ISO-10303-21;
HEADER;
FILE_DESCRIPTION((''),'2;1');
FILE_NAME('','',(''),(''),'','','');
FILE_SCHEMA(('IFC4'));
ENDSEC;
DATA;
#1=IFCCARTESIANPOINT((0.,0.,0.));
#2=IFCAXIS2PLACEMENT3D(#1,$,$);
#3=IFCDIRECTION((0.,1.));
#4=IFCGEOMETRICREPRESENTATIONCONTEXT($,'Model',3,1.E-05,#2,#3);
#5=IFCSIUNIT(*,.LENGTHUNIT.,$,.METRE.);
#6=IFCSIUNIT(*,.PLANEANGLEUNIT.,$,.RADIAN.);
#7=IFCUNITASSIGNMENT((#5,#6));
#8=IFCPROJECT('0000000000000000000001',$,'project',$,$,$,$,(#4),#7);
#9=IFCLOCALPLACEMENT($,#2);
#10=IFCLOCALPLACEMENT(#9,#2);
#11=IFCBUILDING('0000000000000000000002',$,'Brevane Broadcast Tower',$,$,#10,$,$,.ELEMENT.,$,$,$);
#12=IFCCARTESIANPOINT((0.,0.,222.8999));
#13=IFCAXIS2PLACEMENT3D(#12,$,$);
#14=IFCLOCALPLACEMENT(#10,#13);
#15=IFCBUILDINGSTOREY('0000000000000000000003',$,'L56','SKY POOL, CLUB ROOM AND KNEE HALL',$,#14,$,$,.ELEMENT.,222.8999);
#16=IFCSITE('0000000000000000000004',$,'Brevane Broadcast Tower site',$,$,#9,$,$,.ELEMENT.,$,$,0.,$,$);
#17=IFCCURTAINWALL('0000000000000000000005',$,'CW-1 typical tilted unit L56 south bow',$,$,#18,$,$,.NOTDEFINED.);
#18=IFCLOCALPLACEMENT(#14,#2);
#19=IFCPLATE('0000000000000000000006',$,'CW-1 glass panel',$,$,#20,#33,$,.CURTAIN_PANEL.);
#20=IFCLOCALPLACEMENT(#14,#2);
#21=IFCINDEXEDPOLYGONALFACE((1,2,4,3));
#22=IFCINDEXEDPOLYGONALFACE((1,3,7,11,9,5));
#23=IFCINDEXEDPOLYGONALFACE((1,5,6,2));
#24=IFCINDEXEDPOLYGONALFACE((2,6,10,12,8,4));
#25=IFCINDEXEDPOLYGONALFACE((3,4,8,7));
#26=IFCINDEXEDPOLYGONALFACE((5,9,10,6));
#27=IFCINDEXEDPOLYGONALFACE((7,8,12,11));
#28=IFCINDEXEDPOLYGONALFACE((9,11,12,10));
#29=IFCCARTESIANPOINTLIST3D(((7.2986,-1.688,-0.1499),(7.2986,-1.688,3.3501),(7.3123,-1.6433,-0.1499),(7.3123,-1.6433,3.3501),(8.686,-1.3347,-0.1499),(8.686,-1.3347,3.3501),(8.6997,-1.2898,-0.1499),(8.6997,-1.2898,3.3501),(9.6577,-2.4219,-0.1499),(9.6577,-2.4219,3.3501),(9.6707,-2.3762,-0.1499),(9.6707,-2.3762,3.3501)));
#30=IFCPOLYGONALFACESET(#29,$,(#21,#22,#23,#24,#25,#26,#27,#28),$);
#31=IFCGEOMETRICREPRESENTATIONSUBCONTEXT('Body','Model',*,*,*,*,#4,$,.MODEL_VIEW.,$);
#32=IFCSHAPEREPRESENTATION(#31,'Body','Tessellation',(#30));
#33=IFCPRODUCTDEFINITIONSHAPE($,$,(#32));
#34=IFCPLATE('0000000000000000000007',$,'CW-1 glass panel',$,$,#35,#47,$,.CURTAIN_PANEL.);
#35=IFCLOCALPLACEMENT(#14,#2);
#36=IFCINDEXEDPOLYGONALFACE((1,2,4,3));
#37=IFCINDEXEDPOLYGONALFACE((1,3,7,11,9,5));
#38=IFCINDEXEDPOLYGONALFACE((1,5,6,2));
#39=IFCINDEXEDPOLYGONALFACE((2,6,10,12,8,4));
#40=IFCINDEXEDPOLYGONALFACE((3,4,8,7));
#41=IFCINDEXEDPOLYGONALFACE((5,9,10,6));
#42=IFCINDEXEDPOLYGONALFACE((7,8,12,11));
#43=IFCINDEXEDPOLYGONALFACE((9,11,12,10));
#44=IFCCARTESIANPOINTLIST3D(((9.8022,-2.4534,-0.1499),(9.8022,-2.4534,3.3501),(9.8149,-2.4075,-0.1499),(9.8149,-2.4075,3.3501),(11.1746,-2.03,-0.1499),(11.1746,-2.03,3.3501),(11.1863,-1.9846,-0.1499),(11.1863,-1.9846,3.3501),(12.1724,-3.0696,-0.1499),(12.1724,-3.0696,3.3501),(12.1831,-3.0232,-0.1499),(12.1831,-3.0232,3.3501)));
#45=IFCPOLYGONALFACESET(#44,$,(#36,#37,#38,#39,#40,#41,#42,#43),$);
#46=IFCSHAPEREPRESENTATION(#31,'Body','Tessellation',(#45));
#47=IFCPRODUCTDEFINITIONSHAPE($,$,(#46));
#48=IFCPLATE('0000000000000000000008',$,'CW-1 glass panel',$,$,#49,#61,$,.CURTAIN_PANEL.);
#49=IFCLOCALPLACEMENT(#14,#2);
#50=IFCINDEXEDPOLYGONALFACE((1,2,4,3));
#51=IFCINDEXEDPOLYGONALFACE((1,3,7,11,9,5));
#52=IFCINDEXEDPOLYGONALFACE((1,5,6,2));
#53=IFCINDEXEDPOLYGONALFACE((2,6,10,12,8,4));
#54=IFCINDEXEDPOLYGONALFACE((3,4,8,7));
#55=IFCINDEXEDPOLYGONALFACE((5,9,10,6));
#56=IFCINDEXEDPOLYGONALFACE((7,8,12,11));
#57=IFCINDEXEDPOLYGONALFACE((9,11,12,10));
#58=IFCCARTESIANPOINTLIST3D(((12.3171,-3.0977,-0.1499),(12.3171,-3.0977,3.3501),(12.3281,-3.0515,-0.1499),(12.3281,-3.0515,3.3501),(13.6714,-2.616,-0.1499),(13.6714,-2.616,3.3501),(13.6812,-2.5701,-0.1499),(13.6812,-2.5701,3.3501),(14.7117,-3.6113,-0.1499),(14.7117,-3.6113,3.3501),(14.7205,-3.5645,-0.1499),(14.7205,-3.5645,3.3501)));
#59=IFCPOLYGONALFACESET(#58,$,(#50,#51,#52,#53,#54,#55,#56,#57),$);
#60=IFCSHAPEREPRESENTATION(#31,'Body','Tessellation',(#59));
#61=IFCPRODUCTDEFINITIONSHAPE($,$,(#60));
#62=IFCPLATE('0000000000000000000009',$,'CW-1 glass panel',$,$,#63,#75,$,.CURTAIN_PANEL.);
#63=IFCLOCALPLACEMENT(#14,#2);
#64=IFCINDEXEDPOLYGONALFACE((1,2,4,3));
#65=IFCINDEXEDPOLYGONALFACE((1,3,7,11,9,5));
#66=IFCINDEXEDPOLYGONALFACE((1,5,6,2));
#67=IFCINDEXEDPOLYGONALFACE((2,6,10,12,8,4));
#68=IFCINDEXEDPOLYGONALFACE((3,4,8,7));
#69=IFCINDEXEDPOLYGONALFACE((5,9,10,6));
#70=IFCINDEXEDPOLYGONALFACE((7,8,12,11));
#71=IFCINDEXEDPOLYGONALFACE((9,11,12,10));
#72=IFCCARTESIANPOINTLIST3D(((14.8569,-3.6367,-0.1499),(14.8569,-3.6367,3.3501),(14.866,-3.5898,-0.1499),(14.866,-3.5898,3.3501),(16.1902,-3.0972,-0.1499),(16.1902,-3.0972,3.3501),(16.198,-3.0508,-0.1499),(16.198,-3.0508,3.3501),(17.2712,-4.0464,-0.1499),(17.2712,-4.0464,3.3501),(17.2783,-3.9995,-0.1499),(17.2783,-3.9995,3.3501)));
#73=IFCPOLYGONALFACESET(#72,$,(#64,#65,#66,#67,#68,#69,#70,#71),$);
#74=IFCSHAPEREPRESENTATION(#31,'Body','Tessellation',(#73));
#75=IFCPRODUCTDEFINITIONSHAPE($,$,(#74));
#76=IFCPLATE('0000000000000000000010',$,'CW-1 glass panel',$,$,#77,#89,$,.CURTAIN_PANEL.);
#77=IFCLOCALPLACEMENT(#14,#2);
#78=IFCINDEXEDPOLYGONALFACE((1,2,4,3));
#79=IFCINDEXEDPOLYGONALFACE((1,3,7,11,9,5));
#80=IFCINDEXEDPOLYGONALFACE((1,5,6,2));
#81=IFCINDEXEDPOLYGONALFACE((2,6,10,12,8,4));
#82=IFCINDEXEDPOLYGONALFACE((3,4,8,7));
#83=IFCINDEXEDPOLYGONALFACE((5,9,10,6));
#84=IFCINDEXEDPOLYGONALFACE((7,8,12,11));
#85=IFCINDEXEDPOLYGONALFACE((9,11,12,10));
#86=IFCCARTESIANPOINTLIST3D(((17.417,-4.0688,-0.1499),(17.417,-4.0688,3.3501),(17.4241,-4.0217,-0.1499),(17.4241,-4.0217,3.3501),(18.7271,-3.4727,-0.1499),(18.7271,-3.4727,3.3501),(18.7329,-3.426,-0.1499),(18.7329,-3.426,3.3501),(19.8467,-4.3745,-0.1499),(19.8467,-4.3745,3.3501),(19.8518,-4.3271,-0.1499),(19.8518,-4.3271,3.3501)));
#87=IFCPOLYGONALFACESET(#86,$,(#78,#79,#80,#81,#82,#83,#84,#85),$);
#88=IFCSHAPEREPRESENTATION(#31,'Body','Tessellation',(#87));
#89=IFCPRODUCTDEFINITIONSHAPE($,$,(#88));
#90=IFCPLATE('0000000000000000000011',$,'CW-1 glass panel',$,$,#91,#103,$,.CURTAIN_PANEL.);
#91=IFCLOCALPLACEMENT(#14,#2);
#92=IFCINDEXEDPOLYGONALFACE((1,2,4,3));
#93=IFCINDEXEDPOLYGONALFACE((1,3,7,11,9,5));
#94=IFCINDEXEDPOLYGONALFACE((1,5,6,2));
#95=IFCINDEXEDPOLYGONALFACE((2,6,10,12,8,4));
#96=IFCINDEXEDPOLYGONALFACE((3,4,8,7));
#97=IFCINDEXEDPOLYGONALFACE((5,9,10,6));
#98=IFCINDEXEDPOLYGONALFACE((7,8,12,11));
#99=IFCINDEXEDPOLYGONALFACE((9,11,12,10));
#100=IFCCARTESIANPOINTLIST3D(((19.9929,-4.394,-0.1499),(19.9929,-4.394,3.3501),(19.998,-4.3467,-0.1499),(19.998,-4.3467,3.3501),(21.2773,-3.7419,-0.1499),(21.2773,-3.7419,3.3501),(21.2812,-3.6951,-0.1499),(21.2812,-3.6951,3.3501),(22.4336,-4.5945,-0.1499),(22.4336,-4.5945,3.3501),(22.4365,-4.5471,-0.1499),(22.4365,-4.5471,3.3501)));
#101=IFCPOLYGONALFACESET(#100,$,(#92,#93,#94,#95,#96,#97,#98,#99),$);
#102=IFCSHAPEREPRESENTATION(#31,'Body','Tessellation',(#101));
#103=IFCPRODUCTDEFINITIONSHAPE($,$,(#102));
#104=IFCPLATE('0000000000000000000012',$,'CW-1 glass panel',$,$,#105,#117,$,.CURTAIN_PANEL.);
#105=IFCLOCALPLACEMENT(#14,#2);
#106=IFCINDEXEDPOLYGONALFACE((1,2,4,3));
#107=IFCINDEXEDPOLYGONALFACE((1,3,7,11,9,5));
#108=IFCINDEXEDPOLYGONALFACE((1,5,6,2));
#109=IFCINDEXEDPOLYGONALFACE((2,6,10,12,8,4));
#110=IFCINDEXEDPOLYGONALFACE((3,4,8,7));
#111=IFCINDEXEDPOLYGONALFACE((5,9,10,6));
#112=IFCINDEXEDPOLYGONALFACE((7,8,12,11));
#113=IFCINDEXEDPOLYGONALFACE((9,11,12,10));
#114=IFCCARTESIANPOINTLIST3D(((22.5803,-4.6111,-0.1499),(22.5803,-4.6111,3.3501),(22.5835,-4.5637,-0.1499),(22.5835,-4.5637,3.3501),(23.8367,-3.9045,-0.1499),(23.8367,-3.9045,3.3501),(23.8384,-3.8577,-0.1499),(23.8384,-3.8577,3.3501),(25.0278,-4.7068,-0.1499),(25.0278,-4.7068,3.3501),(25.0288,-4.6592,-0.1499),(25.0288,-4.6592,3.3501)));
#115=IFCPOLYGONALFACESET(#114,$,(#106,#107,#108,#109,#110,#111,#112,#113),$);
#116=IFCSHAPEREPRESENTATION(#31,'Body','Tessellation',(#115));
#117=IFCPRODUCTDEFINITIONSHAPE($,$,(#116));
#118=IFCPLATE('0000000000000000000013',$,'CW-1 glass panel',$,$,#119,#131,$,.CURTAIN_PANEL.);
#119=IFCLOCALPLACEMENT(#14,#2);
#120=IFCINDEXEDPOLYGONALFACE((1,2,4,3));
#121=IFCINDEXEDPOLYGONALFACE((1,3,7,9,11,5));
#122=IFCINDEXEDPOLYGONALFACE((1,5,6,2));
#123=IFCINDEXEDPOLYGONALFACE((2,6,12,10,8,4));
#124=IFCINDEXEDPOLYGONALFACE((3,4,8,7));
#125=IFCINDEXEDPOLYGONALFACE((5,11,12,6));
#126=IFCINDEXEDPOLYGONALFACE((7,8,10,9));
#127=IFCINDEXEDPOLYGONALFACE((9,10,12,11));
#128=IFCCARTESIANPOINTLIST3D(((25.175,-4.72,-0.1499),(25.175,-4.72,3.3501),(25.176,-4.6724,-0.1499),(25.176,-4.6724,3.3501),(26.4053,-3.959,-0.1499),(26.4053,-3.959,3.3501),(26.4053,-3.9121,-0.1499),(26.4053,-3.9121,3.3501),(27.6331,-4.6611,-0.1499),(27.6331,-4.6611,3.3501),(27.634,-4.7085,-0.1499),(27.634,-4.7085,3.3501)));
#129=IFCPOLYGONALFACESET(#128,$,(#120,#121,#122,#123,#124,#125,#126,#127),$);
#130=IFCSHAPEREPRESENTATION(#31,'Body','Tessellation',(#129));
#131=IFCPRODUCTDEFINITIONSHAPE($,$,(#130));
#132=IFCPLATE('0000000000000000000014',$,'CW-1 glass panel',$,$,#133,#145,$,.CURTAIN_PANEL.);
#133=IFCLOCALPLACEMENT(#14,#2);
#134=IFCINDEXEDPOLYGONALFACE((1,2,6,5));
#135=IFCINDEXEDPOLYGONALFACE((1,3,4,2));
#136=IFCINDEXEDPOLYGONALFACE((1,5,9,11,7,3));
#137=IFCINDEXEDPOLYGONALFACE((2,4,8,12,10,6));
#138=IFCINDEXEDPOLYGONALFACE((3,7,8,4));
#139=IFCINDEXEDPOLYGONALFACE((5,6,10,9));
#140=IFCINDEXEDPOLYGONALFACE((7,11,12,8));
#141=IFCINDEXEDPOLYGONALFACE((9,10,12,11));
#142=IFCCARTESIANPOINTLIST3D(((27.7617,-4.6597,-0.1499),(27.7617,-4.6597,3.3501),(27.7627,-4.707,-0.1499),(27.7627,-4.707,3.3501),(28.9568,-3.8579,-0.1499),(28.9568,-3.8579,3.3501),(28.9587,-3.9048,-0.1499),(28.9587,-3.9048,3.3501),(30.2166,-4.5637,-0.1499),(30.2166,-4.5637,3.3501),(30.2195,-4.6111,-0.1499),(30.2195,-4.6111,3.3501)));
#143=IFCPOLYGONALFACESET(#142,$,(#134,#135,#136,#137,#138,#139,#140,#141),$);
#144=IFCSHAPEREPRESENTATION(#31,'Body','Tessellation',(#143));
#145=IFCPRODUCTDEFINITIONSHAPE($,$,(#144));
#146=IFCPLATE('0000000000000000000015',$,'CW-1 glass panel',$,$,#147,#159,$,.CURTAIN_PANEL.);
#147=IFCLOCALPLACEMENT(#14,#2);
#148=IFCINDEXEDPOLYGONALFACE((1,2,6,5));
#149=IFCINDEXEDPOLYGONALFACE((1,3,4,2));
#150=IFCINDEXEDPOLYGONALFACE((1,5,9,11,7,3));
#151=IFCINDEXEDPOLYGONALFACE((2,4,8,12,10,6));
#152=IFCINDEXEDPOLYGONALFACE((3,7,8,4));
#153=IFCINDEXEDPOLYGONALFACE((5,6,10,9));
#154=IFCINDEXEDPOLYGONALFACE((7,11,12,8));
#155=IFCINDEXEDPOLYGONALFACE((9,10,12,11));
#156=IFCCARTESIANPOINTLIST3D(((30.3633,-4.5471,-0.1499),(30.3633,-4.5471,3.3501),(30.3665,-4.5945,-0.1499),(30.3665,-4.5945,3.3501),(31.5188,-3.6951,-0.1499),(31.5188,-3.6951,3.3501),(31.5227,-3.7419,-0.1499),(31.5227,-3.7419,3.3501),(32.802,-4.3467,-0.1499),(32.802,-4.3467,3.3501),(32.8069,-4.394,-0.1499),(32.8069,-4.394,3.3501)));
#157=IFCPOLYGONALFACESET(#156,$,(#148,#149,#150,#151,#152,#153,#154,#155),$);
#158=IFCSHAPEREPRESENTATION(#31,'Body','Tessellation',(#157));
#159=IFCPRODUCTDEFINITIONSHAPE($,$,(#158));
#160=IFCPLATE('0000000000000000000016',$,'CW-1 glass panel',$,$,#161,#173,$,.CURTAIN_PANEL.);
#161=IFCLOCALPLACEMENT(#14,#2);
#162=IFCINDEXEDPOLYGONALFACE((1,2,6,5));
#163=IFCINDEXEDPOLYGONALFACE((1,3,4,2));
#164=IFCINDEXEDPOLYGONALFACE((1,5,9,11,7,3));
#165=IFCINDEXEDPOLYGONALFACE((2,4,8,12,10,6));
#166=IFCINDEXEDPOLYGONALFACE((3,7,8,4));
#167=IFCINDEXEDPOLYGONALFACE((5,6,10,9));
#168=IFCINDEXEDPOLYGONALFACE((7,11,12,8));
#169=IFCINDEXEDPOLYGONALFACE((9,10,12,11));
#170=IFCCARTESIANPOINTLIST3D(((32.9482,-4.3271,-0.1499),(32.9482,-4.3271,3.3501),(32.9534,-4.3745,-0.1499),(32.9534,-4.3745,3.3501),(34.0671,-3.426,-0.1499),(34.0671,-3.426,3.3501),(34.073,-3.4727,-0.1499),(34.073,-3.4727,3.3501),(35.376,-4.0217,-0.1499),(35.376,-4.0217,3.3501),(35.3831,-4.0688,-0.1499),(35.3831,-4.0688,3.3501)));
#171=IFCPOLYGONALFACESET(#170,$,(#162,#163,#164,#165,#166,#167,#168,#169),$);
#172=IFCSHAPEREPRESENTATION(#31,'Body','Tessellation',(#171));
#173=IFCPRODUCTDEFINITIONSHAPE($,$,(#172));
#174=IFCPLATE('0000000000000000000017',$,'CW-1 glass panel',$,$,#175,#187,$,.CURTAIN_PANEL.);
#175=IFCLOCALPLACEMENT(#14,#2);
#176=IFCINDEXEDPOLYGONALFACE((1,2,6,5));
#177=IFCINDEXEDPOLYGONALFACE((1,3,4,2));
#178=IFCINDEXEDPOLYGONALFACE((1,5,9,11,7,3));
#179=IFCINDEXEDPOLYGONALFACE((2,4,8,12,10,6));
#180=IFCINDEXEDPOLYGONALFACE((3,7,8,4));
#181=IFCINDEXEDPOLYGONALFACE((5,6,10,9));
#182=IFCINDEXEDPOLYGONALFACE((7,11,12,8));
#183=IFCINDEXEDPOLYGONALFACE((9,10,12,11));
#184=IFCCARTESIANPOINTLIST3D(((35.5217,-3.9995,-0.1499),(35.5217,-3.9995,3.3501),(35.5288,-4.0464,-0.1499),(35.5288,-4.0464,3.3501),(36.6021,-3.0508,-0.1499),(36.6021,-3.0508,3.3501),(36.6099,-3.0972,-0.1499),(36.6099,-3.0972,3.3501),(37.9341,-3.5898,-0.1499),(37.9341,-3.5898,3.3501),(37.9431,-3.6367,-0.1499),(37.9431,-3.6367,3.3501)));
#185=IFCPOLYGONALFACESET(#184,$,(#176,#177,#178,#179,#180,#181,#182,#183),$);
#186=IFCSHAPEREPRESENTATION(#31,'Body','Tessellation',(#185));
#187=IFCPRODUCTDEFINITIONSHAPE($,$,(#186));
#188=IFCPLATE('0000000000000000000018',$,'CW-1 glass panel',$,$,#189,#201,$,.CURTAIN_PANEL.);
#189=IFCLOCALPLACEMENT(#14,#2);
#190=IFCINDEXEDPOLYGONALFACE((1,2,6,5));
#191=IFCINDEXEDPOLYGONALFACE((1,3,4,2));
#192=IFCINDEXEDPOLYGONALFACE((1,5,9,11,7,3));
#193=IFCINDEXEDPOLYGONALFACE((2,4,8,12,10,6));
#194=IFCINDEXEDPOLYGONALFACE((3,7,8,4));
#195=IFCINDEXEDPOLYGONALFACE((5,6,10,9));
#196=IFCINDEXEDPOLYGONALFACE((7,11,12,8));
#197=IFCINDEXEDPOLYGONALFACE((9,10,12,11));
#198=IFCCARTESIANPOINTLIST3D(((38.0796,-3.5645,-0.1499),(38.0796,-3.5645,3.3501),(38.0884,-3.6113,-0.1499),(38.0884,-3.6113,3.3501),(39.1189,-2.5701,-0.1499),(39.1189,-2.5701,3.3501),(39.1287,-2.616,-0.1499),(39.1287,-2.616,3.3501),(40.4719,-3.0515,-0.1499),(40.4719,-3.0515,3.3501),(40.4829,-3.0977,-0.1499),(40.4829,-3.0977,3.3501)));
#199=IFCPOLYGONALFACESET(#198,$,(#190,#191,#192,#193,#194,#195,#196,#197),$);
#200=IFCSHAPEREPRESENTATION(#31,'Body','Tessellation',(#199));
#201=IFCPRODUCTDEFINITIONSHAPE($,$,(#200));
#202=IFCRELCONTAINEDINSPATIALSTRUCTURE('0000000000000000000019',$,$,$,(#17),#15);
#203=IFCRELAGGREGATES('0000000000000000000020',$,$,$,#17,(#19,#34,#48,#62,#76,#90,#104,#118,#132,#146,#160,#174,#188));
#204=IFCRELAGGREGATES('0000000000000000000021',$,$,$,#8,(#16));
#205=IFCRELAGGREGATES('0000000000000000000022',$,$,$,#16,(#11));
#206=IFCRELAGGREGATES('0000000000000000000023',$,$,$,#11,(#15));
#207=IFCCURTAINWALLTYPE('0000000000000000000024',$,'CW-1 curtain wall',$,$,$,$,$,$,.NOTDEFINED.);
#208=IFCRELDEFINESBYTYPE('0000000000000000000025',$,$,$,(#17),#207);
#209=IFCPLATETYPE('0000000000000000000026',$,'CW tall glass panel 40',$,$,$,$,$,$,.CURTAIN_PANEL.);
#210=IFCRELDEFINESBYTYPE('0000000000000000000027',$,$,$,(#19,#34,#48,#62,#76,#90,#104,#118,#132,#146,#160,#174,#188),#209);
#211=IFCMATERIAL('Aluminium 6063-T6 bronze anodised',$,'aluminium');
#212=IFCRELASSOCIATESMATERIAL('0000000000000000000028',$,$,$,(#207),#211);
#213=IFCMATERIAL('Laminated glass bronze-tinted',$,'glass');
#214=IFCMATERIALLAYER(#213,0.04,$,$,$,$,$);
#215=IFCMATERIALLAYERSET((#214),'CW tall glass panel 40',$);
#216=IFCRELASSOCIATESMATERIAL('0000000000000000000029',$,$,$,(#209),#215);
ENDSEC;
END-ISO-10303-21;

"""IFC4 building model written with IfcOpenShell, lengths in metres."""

from ifc_helpers import new_model, si_unit, direction, frame, origin, place, context, subcontext, project, spatial, polyline, outline, extrude, material, layer, layer_set, type_object, element, aggregate, save


model = new_model("IFC4")

# Units and contexts
model_context = context("Model", 3, precision=1e-05, world=origin(), true_north=direction((0.0, 1.0)))
body_context = subcontext(model_context, "Body", "Model", "MODEL_VIEW")
ifc_project = project(units=[si_unit("LENGTHUNIT", "METRE"), si_unit("PLANEANGLEUNIT", "RADIAN")], contexts=[model_context])

# Site, building, storey
site_placement = place(None, origin())
site = spatial("IfcSite", under=ifc_project, at=site_placement, Name="Brevane Broadcast Tower site", CompositionType="ELEMENT", RefElevation=0.0)
building_placement = place(site_placement, origin())
building = spatial("IfcBuilding", under=site, at=building_placement, Name="Brevane Broadcast Tower", CompositionType="ELEMENT")
storey_placement = place(building_placement, frame((0.0, 0.0, 222.8999)))
storey = spatial("IfcBuildingStorey", under=building, at=storey_placement, Name="L56", Description="SKY POOL, CLUB ROOM AND KNEE HALL", CompositionType="ELEMENT", Elevation=222.8999)

# Curtain wall, plates
ifc_material_1 = material(Name="Aluminium 6063-T6 bronze anodised", Category="aluminium")
curtain_wall_type = type_object("IfcCurtainWallType", Name="CW-1 curtain wall", PredefinedType="NOTDEFINED", material=ifc_material_1)
curtain_wall_1_placement = place(storey_placement, origin())
curtain_wall_1 = element("IfcCurtainWall", 1, at=curtain_wall_1_placement, inside=storey, type_object=curtain_wall_type, Name="CW-1 typical tilted unit L56 south bow", PredefinedType="NOTDEFINED")
ifc_material_2 = material(Name="Laminated glass bronze-tinted", Category="glass")
ifc_layer = layer(ifc_material_2, 0.04)
ifc_layer_set = layer_set([ifc_layer], Name="CW tall glass panel 40")
plate_type = type_object("IfcPlateType", Name="CW tall glass panel 40", PredefinedType="CURTAIN_PANEL", material=ifc_layer_set)
plate_1_placement = place(storey_placement, frame((0.0, 0.0, -0.1499)))
plate_1 = element("IfcPlate", 2, at=plate_1_placement, type_object=plate_type, Name="CW-1 glass panel", PredefinedType="CURTAIN_PANEL", context=body_context, shape_type="SweptSolid", body=[
    extrude(outline(polyline([(7.3123, -1.6433), (7.2986, -1.688), (8.686, -1.3347), (9.6577, -2.4219), (9.6707, -2.3762), (8.6997, -1.2898), (7.3123, -1.6433)])), origin(), (0.0, 0.0, 1.0), 3.5),
])
plate_2_placement = place(storey_placement, frame((0.0, 0.0, -0.1499)))
plate_2 = element("IfcPlate", 3, at=plate_2_placement, type_object=plate_type, Name="CW-1 glass panel", PredefinedType="CURTAIN_PANEL", context=body_context, shape_type="SweptSolid", body=[
    extrude(outline(polyline([(9.8149, -2.4075), (9.8022, -2.4534), (11.1746, -2.03), (12.1724, -3.0696), (12.1831, -3.0232), (11.1863, -1.9846), (9.8149, -2.4075)])), origin(), (0.0, 0.0, 1.0), 3.5),
])
plate_3_placement = place(storey_placement, frame((0.0, 0.0, -0.1499)))
plate_3 = element("IfcPlate", 4, at=plate_3_placement, type_object=plate_type, Name="CW-1 glass panel", PredefinedType="CURTAIN_PANEL", context=body_context, shape_type="SweptSolid", body=[
    extrude(outline(polyline([(12.3281, -3.0515), (12.3171, -3.0977), (13.6714, -2.616), (14.7117, -3.6113), (14.7205, -3.5645), (13.6812, -2.5701), (12.3281, -3.0515)])), origin(), (0.0, 0.0, 1.0), 3.5),
])
plate_4_placement = place(storey_placement, frame((0.0, 0.0, -0.1499)))
plate_4 = element("IfcPlate", 5, at=plate_4_placement, type_object=plate_type, Name="CW-1 glass panel", PredefinedType="CURTAIN_PANEL", context=body_context, shape_type="SweptSolid", body=[
    extrude(outline(polyline([(14.866, -3.5898), (14.8569, -3.6367), (16.1902, -3.0972), (17.2712, -4.0464), (17.2783, -3.9995), (16.198, -3.0508), (14.866, -3.5898)])), origin(), (0.0, 0.0, 1.0), 3.5),
])
plate_5_placement = place(storey_placement, frame((0.0, 0.0, -0.1499)))
plate_5 = element("IfcPlate", 6, at=plate_5_placement, type_object=plate_type, Name="CW-1 glass panel", PredefinedType="CURTAIN_PANEL", context=body_context, shape_type="SweptSolid", body=[
    extrude(outline(polyline([(17.4241, -4.0217), (17.417, -4.0688), (18.7271, -3.4727), (19.8467, -4.3745), (19.8518, -4.3271), (18.7329, -3.426), (17.4241, -4.0217)])), origin(), (0.0, 0.0, 1.0), 3.5),
])
plate_6_placement = place(storey_placement, frame((0.0, 0.0, -0.1499)))
plate_6 = element("IfcPlate", 7, at=plate_6_placement, type_object=plate_type, Name="CW-1 glass panel", PredefinedType="CURTAIN_PANEL", context=body_context, shape_type="SweptSolid", body=[
    extrude(outline(polyline([(19.998, -4.3467), (19.9929, -4.394), (21.2773, -3.7419), (22.4336, -4.5945), (22.4365, -4.5471), (21.2812, -3.6951), (19.998, -4.3467)])), origin(), (0.0, 0.0, 1.0), 3.5),
])
plate_7_placement = place(storey_placement, frame((0.0, 0.0, -0.1499)))
plate_7 = element("IfcPlate", 8, at=plate_7_placement, type_object=plate_type, Name="CW-1 glass panel", PredefinedType="CURTAIN_PANEL", context=body_context, shape_type="SweptSolid", body=[
    extrude(outline(polyline([(22.5835, -4.5637), (22.5803, -4.6111), (23.8367, -3.9045), (25.0278, -4.7068), (25.0288, -4.6592), (23.8384, -3.8577), (22.5835, -4.5637)])), origin(), (0.0, 0.0, 1.0), 3.5),
])
plate_8_placement = place(storey_placement, frame((0.0, 0.0, -0.1499)))
plate_8 = element("IfcPlate", 9, at=plate_8_placement, type_object=plate_type, Name="CW-1 glass panel", PredefinedType="CURTAIN_PANEL", context=body_context, shape_type="SweptSolid", body=[
    extrude(outline(polyline([(25.176, -4.6724), (25.175, -4.72), (26.4053, -3.959), (27.634, -4.7085), (27.6331, -4.6611), (26.4053, -3.9121), (25.176, -4.6724)])), origin(), (0.0, 0.0, 1.0), 3.5),
])
plate_9_placement = place(storey_placement, frame((0.0, 0.0, -0.1499)))
plate_9 = element("IfcPlate", 10, at=plate_9_placement, type_object=plate_type, Name="CW-1 glass panel", PredefinedType="CURTAIN_PANEL", context=body_context, shape_type="SweptSolid", body=[
    extrude(outline(polyline([(27.7617, -4.6597), (27.7627, -4.707), (28.9587, -3.9048), (30.2195, -4.6111), (30.2166, -4.5637), (28.9568, -3.8579), (27.7617, -4.6597)])), origin(), (0.0, 0.0, 1.0), 3.5),
])
plate_10_placement = place(storey_placement, frame((0.0, 0.0, -0.1499)))
plate_10 = element("IfcPlate", 11, at=plate_10_placement, type_object=plate_type, Name="CW-1 glass panel", PredefinedType="CURTAIN_PANEL", context=body_context, shape_type="SweptSolid", body=[
    extrude(outline(polyline([(30.3633, -4.5471), (30.3665, -4.5945), (31.5227, -3.7419), (32.8069, -4.394), (32.802, -4.3467), (31.5188, -3.6951), (30.3633, -4.5471)])), origin(), (0.0, 0.0, 1.0), 3.5),
])
plate_11_placement = place(storey_placement, frame((0.0, 0.0, -0.1499)))
plate_11 = element("IfcPlate", 12, at=plate_11_placement, type_object=plate_type, Name="CW-1 glass panel", PredefinedType="CURTAIN_PANEL", context=body_context, shape_type="SweptSolid", body=[
    extrude(outline(polyline([(32.9482, -4.3271), (32.9534, -4.3745), (34.073, -3.4727), (35.3831, -4.0688), (35.376, -4.0217), (34.0671, -3.426), (32.9482, -4.3271)])), origin(), (0.0, 0.0, 1.0), 3.5),
])
plate_12_placement = place(storey_placement, frame((0.0, 0.0, -0.1499)))
plate_12 = element("IfcPlate", 13, at=plate_12_placement, type_object=plate_type, Name="CW-1 glass panel", PredefinedType="CURTAIN_PANEL", context=body_context, shape_type="SweptSolid", body=[
    extrude(outline(polyline([(35.5217, -3.9995), (35.5288, -4.0464), (36.6099, -3.0972), (37.9431, -3.6367), (37.9341, -3.5898), (36.6021, -3.0508), (35.5217, -3.9995)])), origin(), (0.0, 0.0, 1.0), 3.5),
])
plate_13_placement = place(storey_placement, frame((0.0, 0.0, -0.1499)))
plate_13 = element("IfcPlate", 14, at=plate_13_placement, type_object=plate_type, Name="CW-1 glass panel", PredefinedType="CURTAIN_PANEL", context=body_context, shape_type="SweptSolid", body=[
    extrude(outline(polyline([(38.0796, -3.5645), (38.0884, -3.6113), (39.1287, -2.616), (40.4829, -3.0977), (40.4719, -3.0515), (39.1189, -2.5701), (38.0796, -3.5645)])), origin(), (0.0, 0.0, 1.0), 3.5),
])
aggregate(curtain_wall_1, [plate_1, plate_2, plate_3, plate_4, plate_5, plate_6, plate_7, plate_8, plate_9, plate_10, plate_11, plate_12, plate_13])

save(model, "model.ifc")
